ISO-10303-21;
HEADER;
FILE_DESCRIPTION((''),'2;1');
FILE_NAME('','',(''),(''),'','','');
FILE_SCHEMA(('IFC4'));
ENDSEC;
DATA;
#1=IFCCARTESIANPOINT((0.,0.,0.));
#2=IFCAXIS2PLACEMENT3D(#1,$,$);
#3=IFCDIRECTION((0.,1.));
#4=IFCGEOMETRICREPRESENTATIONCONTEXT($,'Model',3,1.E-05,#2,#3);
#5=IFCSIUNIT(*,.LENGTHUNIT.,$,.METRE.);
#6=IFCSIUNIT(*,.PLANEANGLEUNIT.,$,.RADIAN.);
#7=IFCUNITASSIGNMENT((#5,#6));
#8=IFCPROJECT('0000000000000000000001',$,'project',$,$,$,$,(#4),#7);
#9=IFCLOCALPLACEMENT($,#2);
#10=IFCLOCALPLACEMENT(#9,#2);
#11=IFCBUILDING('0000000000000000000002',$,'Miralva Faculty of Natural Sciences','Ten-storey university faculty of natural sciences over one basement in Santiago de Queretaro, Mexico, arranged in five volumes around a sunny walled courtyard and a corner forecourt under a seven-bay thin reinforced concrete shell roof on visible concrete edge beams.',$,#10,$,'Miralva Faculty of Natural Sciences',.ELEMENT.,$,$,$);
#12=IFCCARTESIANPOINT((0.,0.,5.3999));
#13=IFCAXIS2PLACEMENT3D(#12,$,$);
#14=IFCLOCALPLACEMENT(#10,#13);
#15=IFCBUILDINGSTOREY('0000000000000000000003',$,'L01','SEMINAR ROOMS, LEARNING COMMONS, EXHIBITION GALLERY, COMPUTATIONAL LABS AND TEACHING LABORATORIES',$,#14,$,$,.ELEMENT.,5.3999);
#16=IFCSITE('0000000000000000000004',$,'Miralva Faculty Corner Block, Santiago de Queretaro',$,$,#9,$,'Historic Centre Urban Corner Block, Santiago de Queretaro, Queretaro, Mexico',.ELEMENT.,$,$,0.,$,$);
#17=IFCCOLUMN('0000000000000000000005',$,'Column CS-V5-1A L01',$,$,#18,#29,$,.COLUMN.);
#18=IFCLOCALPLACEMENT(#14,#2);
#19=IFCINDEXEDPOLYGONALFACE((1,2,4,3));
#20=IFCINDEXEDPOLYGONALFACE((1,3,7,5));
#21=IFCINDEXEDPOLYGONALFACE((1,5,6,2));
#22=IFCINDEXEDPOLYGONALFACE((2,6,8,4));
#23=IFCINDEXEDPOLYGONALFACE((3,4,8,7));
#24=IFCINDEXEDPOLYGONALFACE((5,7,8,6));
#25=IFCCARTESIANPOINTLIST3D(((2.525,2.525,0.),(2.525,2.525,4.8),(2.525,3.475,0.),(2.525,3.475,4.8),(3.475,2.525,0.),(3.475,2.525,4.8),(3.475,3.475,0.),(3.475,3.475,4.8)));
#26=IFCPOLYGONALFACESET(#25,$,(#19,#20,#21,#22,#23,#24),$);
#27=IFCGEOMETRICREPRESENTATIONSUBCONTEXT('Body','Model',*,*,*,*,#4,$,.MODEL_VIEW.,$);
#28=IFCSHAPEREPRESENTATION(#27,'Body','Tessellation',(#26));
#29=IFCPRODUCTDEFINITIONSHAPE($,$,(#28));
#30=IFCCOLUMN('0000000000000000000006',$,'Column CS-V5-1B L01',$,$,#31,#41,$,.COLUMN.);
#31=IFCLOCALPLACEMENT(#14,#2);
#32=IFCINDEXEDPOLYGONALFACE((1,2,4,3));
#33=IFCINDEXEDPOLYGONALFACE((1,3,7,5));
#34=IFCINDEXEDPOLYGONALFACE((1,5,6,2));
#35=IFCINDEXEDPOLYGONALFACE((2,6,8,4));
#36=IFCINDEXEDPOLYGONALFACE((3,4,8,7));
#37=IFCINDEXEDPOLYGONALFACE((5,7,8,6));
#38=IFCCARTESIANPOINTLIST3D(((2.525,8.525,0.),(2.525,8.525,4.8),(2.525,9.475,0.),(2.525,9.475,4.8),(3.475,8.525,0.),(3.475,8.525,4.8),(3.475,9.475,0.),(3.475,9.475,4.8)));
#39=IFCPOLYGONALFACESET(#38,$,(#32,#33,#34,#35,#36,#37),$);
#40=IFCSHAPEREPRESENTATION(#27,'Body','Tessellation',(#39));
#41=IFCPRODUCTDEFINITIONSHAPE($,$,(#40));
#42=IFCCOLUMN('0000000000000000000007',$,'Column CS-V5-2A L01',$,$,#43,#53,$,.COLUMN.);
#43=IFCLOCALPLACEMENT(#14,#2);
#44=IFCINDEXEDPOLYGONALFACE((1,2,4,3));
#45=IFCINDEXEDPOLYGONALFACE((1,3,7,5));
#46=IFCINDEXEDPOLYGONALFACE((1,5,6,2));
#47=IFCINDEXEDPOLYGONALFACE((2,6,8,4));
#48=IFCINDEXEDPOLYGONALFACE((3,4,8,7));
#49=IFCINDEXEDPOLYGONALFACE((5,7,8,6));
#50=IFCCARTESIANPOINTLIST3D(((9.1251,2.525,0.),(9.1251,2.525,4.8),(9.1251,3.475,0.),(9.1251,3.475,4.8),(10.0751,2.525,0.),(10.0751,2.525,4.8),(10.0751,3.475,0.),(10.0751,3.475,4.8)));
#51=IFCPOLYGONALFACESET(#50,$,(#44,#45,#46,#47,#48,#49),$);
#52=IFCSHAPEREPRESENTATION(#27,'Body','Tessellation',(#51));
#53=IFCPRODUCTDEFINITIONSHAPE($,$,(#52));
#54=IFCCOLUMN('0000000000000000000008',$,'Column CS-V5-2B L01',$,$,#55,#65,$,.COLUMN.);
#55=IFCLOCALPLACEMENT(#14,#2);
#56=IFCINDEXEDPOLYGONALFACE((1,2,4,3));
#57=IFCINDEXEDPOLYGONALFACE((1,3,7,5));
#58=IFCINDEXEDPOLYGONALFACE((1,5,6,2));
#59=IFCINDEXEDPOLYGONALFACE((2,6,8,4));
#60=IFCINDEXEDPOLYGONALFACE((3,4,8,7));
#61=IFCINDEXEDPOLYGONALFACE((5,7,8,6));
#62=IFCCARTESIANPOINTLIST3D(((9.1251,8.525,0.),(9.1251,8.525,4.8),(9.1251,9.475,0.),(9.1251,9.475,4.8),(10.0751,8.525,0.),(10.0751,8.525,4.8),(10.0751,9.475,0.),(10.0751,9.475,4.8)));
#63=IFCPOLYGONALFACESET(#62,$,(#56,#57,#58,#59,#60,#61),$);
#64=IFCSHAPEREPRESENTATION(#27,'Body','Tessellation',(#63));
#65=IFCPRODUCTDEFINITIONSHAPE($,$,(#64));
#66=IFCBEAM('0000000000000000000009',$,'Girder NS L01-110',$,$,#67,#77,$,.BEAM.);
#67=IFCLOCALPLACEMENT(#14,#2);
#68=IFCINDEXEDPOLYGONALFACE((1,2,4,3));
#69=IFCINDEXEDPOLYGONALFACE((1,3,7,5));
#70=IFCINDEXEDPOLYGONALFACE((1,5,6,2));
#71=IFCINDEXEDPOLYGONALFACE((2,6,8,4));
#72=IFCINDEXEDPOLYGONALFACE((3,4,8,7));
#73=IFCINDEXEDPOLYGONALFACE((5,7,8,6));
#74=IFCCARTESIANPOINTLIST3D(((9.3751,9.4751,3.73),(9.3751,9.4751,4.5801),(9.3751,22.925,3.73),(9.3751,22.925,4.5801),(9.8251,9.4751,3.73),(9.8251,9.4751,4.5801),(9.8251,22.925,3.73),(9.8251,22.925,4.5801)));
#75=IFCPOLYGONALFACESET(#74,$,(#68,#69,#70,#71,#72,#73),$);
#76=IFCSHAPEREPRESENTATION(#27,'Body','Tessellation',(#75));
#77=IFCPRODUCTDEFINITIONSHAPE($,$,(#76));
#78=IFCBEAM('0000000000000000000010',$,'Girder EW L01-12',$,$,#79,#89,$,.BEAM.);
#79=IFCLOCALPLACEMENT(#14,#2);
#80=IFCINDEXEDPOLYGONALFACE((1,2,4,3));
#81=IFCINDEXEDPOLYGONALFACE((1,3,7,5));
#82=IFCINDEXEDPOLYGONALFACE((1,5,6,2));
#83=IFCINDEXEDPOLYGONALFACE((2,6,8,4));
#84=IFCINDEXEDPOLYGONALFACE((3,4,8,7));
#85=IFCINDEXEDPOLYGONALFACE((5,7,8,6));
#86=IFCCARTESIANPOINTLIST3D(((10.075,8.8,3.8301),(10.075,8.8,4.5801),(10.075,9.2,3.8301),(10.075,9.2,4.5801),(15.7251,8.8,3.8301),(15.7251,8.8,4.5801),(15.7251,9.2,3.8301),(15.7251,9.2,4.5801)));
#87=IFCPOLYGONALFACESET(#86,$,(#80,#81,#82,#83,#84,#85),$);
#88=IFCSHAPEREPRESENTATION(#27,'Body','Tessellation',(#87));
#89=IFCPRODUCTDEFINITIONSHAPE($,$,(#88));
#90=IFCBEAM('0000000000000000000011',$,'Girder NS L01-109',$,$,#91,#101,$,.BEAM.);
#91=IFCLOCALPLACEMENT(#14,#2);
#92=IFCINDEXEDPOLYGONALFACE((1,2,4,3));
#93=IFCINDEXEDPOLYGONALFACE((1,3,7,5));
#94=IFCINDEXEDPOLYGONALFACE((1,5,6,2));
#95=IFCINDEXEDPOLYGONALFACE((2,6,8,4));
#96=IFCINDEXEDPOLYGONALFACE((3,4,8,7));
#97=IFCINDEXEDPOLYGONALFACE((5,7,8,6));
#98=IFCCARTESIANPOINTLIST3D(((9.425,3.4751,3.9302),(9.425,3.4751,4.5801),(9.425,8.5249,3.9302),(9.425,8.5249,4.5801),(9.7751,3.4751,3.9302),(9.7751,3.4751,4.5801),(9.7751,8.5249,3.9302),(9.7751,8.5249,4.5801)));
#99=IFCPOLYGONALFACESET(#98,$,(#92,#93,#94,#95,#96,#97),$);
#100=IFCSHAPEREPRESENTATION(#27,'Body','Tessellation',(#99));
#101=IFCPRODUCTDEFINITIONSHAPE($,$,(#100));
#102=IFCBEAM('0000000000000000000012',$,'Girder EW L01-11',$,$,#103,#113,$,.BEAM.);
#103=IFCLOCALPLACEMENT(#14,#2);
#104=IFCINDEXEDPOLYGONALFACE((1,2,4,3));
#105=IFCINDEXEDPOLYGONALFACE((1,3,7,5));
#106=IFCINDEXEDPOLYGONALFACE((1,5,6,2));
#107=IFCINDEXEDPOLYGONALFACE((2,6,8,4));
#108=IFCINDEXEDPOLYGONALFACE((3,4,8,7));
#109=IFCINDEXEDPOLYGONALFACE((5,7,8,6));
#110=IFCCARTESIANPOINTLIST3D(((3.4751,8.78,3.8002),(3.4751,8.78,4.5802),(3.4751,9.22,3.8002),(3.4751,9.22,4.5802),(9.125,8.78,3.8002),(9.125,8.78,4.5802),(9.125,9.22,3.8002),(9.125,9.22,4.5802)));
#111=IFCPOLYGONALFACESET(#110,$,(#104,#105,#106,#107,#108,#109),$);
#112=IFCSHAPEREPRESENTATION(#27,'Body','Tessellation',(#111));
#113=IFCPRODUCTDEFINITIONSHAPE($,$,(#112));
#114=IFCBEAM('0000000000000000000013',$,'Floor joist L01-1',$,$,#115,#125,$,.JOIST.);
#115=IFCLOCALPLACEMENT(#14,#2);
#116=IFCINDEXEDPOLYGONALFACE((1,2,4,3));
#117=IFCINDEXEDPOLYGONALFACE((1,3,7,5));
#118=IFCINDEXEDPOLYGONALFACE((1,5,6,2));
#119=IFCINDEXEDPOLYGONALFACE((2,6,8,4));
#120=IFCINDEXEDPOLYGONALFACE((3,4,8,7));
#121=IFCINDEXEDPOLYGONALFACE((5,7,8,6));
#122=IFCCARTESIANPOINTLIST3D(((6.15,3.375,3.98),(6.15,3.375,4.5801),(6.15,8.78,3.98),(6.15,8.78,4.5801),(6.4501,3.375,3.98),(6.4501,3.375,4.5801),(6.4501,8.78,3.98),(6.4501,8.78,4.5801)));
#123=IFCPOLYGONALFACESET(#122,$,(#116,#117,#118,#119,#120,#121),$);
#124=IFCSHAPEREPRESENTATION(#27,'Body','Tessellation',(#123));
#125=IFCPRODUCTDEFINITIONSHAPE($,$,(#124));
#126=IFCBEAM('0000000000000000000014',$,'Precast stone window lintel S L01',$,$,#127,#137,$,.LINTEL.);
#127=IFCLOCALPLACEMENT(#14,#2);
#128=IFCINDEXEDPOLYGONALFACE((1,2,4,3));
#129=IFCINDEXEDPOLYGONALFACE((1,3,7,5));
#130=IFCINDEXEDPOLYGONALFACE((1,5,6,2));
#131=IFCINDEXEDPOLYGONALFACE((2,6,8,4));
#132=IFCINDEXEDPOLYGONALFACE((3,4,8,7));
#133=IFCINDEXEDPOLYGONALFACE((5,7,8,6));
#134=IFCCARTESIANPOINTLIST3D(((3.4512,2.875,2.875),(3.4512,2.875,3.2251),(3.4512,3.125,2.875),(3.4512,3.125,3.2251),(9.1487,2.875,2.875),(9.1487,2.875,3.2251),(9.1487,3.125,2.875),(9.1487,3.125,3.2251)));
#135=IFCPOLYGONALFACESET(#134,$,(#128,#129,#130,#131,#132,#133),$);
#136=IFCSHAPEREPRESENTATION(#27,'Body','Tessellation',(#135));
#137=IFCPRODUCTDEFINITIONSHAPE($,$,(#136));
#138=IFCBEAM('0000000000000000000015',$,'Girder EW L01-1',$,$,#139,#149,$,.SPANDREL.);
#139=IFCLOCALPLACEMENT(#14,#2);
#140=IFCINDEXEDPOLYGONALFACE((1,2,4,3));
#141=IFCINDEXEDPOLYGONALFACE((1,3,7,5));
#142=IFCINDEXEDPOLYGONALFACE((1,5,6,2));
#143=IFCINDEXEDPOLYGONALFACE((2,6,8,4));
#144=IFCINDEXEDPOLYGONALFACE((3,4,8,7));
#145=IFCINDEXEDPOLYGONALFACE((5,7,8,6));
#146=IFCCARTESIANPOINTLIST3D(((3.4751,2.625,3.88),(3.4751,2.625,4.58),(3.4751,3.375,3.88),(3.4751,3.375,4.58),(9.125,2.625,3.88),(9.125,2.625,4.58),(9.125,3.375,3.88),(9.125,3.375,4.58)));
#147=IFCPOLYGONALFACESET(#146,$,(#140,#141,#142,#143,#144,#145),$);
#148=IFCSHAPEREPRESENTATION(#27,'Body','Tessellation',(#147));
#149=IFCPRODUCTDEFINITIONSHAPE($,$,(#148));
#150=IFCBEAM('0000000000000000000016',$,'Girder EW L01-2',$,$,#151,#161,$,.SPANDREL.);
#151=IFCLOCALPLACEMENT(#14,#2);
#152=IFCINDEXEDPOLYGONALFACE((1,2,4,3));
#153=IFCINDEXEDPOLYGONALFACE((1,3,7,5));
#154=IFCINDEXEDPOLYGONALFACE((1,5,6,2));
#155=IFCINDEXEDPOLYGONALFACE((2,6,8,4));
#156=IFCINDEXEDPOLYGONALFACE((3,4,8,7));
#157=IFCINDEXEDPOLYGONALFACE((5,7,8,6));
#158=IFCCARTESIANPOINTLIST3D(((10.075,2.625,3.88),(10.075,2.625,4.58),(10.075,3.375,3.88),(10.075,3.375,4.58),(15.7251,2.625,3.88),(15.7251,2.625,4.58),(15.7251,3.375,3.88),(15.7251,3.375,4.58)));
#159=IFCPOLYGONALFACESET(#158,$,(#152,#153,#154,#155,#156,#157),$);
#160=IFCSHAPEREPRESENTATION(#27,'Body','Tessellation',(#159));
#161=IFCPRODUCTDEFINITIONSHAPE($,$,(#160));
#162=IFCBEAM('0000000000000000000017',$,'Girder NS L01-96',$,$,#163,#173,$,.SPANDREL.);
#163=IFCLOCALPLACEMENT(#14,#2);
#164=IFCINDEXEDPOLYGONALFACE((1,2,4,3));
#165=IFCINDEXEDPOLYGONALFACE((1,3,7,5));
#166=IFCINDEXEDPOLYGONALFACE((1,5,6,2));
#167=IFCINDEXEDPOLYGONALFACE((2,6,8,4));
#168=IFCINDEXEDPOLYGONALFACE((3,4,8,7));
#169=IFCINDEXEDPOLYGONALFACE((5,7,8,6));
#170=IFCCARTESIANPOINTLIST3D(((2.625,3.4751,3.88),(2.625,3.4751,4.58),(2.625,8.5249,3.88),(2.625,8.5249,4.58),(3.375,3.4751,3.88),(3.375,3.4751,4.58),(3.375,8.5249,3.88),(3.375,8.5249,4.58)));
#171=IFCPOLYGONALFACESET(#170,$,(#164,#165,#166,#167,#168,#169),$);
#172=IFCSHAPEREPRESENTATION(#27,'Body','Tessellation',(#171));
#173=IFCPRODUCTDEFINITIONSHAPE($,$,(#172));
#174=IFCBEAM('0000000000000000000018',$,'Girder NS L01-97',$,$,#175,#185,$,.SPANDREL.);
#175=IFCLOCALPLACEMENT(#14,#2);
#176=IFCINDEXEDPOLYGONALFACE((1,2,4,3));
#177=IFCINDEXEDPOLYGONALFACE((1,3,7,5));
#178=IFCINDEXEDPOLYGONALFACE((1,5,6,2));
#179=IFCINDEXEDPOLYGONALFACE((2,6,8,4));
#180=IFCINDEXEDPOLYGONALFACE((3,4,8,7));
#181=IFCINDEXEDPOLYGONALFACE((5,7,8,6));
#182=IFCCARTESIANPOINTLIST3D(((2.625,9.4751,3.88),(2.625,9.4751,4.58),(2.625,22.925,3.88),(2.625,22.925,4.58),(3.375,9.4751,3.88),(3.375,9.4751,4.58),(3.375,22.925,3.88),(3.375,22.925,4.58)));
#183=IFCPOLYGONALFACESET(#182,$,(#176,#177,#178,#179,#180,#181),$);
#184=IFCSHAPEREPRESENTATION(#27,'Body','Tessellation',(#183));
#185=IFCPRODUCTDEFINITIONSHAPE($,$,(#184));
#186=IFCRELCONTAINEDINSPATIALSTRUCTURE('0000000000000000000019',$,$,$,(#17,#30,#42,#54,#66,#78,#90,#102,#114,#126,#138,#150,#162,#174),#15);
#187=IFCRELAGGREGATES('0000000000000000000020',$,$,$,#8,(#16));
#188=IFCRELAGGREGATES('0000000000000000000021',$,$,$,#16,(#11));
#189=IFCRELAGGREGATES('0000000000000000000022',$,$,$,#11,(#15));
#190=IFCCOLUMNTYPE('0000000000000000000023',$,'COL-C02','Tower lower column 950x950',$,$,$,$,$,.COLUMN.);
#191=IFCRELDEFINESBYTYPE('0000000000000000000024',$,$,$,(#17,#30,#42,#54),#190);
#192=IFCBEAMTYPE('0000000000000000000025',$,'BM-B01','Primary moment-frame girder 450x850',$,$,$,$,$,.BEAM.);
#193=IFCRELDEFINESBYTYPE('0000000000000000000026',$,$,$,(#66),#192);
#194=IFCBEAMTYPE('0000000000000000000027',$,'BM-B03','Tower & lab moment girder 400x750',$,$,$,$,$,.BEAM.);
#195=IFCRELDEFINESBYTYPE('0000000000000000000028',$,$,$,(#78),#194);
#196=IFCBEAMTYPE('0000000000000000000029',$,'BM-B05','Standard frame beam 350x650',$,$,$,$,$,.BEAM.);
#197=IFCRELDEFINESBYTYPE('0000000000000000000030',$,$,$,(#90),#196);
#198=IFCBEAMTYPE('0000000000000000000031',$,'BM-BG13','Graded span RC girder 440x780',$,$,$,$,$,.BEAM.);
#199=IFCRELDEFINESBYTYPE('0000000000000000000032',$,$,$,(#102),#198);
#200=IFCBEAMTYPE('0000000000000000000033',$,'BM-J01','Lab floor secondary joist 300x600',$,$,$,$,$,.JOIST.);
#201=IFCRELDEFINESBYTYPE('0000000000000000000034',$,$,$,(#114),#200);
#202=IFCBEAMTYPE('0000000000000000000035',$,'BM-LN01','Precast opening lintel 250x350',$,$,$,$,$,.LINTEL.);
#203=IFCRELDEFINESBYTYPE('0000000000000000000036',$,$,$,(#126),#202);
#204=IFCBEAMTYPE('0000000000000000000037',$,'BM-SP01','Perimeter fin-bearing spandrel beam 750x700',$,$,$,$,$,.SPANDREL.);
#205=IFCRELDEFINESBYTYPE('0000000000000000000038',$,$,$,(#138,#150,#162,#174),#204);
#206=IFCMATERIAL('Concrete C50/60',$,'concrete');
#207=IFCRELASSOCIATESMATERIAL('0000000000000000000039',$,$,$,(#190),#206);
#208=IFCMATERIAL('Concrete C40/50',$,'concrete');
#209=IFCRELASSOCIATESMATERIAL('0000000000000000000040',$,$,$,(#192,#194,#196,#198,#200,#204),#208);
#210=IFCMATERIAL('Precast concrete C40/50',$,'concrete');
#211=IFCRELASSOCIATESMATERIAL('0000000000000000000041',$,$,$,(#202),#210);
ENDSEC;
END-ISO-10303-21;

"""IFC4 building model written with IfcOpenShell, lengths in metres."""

from ifc_helpers import new_model, si_unit, direction, frame, origin, origin_2d, place, context, subcontext, project, spatial, rectangle, extrude, material, material_profile, profile_set, type_object, element, save


model = new_model("IFC4")

# Units and contexts
model_context = context("Model", 3, precision=1e-05, world=origin(), true_north=direction((0.0, 1.0)))
body_context = subcontext(model_context, "Body", "Model", "MODEL_VIEW")
ifc_project = project(units=[si_unit("LENGTHUNIT", "METRE"), si_unit("PLANEANGLEUNIT", "RADIAN")], contexts=[model_context])

# Site, building, storey
site_placement = place(None, origin())
site = spatial("IfcSite", under=ifc_project, at=site_placement, Name="Miralva Faculty Corner Block, Santiago de Queretaro", LongName="Historic Centre Urban Corner Block, Santiago de Queretaro, Queretaro, Mexico", CompositionType="ELEMENT", RefElevation=0.0)
building_placement = place(site_placement, origin())
building = spatial("IfcBuilding", under=site, at=building_placement, Name="Miralva Faculty of Natural Sciences", Description="Ten-storey university faculty of natural sciences over one basement in Santiago de Queretaro, Mexico, arranged in five volumes around a sunny walled courtyard and a corner forecourt under a seven-bay thin reinforced concrete shell roof on visible concrete edge beams.", LongName="Miralva Faculty of Natural Sciences", CompositionType="ELEMENT")
storey_placement = place(building_placement, frame((0.0, 0.0, 5.3999)))
storey = spatial("IfcBuildingStorey", under=building, at=storey_placement, Name="L01", Description="SEMINAR ROOMS, LEARNING COMMONS, EXHIBITION GALLERY, COMPUTATIONAL LABS AND TEACHING LABORATORIES", CompositionType="ELEMENT", Elevation=5.3999)

# Columns
ifc_material_1 = material(Name="Concrete C50/60", Category="concrete")
ifc_material_profile_1 = material_profile(ifc_material_1, rectangle(XDim=0.95, YDim=0.95, at=origin_2d()), Name="RC 950x950")
ifc_profile_set_1 = profile_set([ifc_material_profile_1], Name="Concrete C50/60")
column_type = type_object("IfcColumnType", Name="COL-C02", Description="Tower lower column 950x950", PredefinedType="COLUMN", material=ifc_profile_set_1)
for number, where, z_axis, x_axis, name in (
    (1, (3.0, 3.0, 0.0), (0.0, 0.0, 1.0), (1.0, 0.0, 0.0), "Column CS-V5-1A L01"),
    (2, (3.0, 9.0, 0.0), (0.0, 0.0, 1.0), (1.0, 0.0, 0.0), "Column CS-V5-1B L01"),
    (3, (9.6001, 3.0, 0.0), (0.0, 0.0, 1.0), (1.0, 0.0, 0.0), "Column CS-V5-2A L01"),
    (4, (9.6001, 9.0, 0.0), (0.0, 0.0, 1.0), (1.0, 0.0, 0.0), "Column CS-V5-2B L01"),
):
    element("IfcColumn", number, at=place(storey_placement, frame(where, z_axis=z_axis, x_axis=x_axis)), inside=storey, type_object=column_type, Name=name, PredefinedType="COLUMN", context=body_context, shape_type="SweptSolid", body=[
        extrude(rectangle(XDim=0.95, YDim=0.95, at=origin_2d()), origin(), (0.0, 0.0, 1.0), 4.8),
    ])

# Beams
ifc_material_2 = material(Name="Concrete C40/50", Category="concrete")
ifc_material_profile_2 = material_profile(ifc_material_2, rectangle(XDim=0.45, YDim=0.8501, at=origin_2d()), Name="RC 450x850")
ifc_profile_set_2 = profile_set([ifc_material_profile_2], Name="Concrete C40/50")
beam_type_1 = type_object("IfcBeamType", Name="BM-B01", Description="Primary moment-frame girder 450x850", PredefinedType="BEAM", material=ifc_profile_set_2)
beam_1_placement = place(storey_placement, frame((9.6001, 9.4751, 4.155), z_axis=(0.0, 1.0, 0.0), x_axis=(-1.0, 0.0, 0.0)))
element("IfcBeam", 5, at=beam_1_placement, inside=storey, type_object=beam_type_1, Name="Girder NS L01-110", PredefinedType="BEAM", context=body_context, shape_type="SweptSolid", body=[
    extrude(rectangle(XDim=0.45, YDim=0.8501, at=origin_2d()), origin(), (0.0, 0.0, 1.0), 13.45),
])
ifc_material_profile_3 = material_profile(ifc_material_2, rectangle(XDim=0.3999, YDim=0.75, at=origin_2d()), Name="RC 400x750")
ifc_profile_set_3 = profile_set([ifc_material_profile_3], Name="Concrete C40/50")
beam_type_2 = type_object("IfcBeamType", Name="BM-B03", Description="Tower & lab moment girder 400x750", PredefinedType="BEAM", material=ifc_profile_set_3)
beam_2_placement = place(storey_placement, frame((10.075, 9.0, 4.2051), z_axis=(1.0, 0.0, 0.0), x_axis=(0.0, 1.0, 0.0)))
element("IfcBeam", 6, at=beam_2_placement, inside=storey, type_object=beam_type_2, Name="Girder EW L01-12", PredefinedType="BEAM", context=body_context, shape_type="SweptSolid", body=[
    extrude(rectangle(XDim=0.3999, YDim=0.75, at=origin_2d()), origin(), (0.0, 0.0, 1.0), 5.6501),
])
ifc_material_profile_4 = material_profile(ifc_material_2, rectangle(XDim=0.3501, YDim=0.6499, at=origin_2d()), Name="RC 350x650")
ifc_profile_set_4 = profile_set([ifc_material_profile_4], Name="Concrete C40/50")
beam_type_3 = type_object("IfcBeamType", Name="BM-B05", Description="Standard frame beam 350x650", PredefinedType="BEAM", material=ifc_profile_set_4)
beam_3_placement = place(storey_placement, frame((9.6001, 3.4751, 4.2551), z_axis=(0.0, 1.0, 0.0), x_axis=(-1.0, 0.0, 0.0)))
element("IfcBeam", 7, at=beam_3_placement, inside=storey, type_object=beam_type_3, Name="Girder NS L01-109", PredefinedType="BEAM", context=body_context, shape_type="SweptSolid", body=[
    extrude(rectangle(XDim=0.3501, YDim=0.6499, at=origin_2d()), origin(), (0.0, 0.0, 1.0), 5.0498),
])
ifc_material_profile_5 = material_profile(ifc_material_2, rectangle(XDim=0.4399, YDim=0.78, at=origin_2d()), Name="RC 440x780")
ifc_profile_set_5 = profile_set([ifc_material_profile_5], Name="Concrete C40/50")
beam_type_4 = type_object("IfcBeamType", Name="BM-BG13", Description="Graded span RC girder 440x780", PredefinedType="BEAM", material=ifc_profile_set_5)
beam_4_placement = place(storey_placement, frame((3.4751, 9.0, 4.1902), z_axis=(1.0, 0.0, 0.0), x_axis=(0.0, 1.0, 0.0)))
element("IfcBeam", 8, at=beam_4_placement, inside=storey, type_object=beam_type_4, Name="Girder EW L01-11", PredefinedType="BEAM", context=body_context, shape_type="SweptSolid", body=[
    extrude(rectangle(XDim=0.4399, YDim=0.78, at=origin_2d()), origin(), (0.0, 0.0, 1.0), 5.6499),
])
ifc_material_profile_6 = material_profile(ifc_material_2, rectangle(XDim=0.3, YDim=0.6001, at=origin_2d()), Name="RC 300x600")
ifc_profile_set_6 = profile_set([ifc_material_profile_6], Name="Concrete C40/50")
beam_type_5 = type_object("IfcBeamType", Name="BM-J01", Description="Lab floor secondary joist 300x600", PredefinedType="JOIST", material=ifc_profile_set_6)
beam_5_placement = place(storey_placement, frame((6.3, 3.375, 4.28), z_axis=(0.0, 1.0, 0.0), x_axis=(-1.0, 0.0, 0.0)))
element("IfcBeam", 9, at=beam_5_placement, inside=storey, type_object=beam_type_5, Name="Floor joist L01-1", PredefinedType="JOIST", context=body_context, shape_type="SweptSolid", body=[
    extrude(rectangle(XDim=0.3, YDim=0.6001, at=origin_2d()), origin(), (0.0, 0.0, 1.0), 5.405),
])
ifc_material_3 = material(Name="Precast concrete C40/50", Category="concrete")
ifc_material_profile_7 = material_profile(ifc_material_3, rectangle(XDim=0.25, YDim=0.3501, at=origin_2d()), Name="RC 250x350")
ifc_profile_set_7 = profile_set([ifc_material_profile_7], Name="Precast concrete C40/50")
beam_type_6 = type_object("IfcBeamType", Name="BM-LN01", Description="Precast opening lintel 250x350", PredefinedType="LINTEL", material=ifc_profile_set_7)
beam_6_placement = place(storey_placement, frame((3.4512, 3.0, 3.05), z_axis=(1.0, 0.0, 0.0), x_axis=(0.0, 1.0, 0.0)))
element("IfcBeam", 10, at=beam_6_placement, inside=storey, type_object=beam_type_6, Name="Precast stone window lintel S L01", PredefinedType="LINTEL", context=body_context, shape_type="SweptSolid", body=[
    extrude(rectangle(XDim=0.25, YDim=0.3501, at=origin_2d()), origin(), (0.0, 0.0, 1.0), 5.6975),
])
ifc_material_profile_8 = material_profile(ifc_material_2, rectangle(XDim=0.75, YDim=0.7, at=origin_2d()), Name="RC 750x700")
ifc_profile_set_8 = profile_set([ifc_material_profile_8], Name="Concrete C40/50")
beam_type_7 = type_object("IfcBeamType", Name="BM-SP01", Description="Perimeter fin-bearing spandrel beam 750x700", PredefinedType="SPANDREL", material=ifc_profile_set_8)
beam_7_placement = place(storey_placement, frame((3.4751, 3.0, 4.23), z_axis=(1.0, 0.0, 0.0), x_axis=(0.0, 1.0, 0.0)))
element("IfcBeam", 11, at=beam_7_placement, inside=storey, type_object=beam_type_7, Name="Girder EW L01-1", PredefinedType="SPANDREL", context=body_context, shape_type="SweptSolid", body=[
    extrude(rectangle(XDim=0.75, YDim=0.7, at=origin_2d()), origin(), (0.0, 0.0, 1.0), 5.6499),
])
beam_8_placement = place(storey_placement, frame((10.075, 3.0, 4.23), z_axis=(1.0, 0.0, 0.0), x_axis=(0.0, 1.0, 0.0)))
element("IfcBeam", 12, at=beam_8_placement, inside=storey, type_object=beam_type_7, Name="Girder EW L01-2", PredefinedType="SPANDREL", context=body_context, shape_type="SweptSolid", body=[
    extrude(rectangle(XDim=0.75, YDim=0.7, at=origin_2d()), origin(), (0.0, 0.0, 1.0), 5.6501),
])
beam_9_placement = place(storey_placement, frame((3.0, 3.4751, 4.23), z_axis=(0.0, 1.0, 0.0), x_axis=(-1.0, 0.0, 0.0)))
element("IfcBeam", 13, at=beam_9_placement, inside=storey, type_object=beam_type_7, Name="Girder NS L01-96", PredefinedType="SPANDREL", context=body_context, shape_type="SweptSolid", body=[
    extrude(rectangle(XDim=0.75, YDim=0.7, at=origin_2d()), origin(), (0.0, 0.0, 1.0), 5.0498),
])
beam_10_placement = place(storey_placement, frame((3.0, 9.4751, 4.23), z_axis=(0.0, 1.0, 0.0), x_axis=(-1.0, 0.0, 0.0)))
element("IfcBeam", 14, at=beam_10_placement, inside=storey, type_object=beam_type_7, Name="Girder NS L01-97", PredefinedType="SPANDREL", context=body_context, shape_type="SweptSolid", body=[
    extrude(rectangle(XDim=0.75, YDim=0.7, at=origin_2d()), origin(), (0.0, 0.0, 1.0), 13.45),
])

save(model, "model.ifc")
